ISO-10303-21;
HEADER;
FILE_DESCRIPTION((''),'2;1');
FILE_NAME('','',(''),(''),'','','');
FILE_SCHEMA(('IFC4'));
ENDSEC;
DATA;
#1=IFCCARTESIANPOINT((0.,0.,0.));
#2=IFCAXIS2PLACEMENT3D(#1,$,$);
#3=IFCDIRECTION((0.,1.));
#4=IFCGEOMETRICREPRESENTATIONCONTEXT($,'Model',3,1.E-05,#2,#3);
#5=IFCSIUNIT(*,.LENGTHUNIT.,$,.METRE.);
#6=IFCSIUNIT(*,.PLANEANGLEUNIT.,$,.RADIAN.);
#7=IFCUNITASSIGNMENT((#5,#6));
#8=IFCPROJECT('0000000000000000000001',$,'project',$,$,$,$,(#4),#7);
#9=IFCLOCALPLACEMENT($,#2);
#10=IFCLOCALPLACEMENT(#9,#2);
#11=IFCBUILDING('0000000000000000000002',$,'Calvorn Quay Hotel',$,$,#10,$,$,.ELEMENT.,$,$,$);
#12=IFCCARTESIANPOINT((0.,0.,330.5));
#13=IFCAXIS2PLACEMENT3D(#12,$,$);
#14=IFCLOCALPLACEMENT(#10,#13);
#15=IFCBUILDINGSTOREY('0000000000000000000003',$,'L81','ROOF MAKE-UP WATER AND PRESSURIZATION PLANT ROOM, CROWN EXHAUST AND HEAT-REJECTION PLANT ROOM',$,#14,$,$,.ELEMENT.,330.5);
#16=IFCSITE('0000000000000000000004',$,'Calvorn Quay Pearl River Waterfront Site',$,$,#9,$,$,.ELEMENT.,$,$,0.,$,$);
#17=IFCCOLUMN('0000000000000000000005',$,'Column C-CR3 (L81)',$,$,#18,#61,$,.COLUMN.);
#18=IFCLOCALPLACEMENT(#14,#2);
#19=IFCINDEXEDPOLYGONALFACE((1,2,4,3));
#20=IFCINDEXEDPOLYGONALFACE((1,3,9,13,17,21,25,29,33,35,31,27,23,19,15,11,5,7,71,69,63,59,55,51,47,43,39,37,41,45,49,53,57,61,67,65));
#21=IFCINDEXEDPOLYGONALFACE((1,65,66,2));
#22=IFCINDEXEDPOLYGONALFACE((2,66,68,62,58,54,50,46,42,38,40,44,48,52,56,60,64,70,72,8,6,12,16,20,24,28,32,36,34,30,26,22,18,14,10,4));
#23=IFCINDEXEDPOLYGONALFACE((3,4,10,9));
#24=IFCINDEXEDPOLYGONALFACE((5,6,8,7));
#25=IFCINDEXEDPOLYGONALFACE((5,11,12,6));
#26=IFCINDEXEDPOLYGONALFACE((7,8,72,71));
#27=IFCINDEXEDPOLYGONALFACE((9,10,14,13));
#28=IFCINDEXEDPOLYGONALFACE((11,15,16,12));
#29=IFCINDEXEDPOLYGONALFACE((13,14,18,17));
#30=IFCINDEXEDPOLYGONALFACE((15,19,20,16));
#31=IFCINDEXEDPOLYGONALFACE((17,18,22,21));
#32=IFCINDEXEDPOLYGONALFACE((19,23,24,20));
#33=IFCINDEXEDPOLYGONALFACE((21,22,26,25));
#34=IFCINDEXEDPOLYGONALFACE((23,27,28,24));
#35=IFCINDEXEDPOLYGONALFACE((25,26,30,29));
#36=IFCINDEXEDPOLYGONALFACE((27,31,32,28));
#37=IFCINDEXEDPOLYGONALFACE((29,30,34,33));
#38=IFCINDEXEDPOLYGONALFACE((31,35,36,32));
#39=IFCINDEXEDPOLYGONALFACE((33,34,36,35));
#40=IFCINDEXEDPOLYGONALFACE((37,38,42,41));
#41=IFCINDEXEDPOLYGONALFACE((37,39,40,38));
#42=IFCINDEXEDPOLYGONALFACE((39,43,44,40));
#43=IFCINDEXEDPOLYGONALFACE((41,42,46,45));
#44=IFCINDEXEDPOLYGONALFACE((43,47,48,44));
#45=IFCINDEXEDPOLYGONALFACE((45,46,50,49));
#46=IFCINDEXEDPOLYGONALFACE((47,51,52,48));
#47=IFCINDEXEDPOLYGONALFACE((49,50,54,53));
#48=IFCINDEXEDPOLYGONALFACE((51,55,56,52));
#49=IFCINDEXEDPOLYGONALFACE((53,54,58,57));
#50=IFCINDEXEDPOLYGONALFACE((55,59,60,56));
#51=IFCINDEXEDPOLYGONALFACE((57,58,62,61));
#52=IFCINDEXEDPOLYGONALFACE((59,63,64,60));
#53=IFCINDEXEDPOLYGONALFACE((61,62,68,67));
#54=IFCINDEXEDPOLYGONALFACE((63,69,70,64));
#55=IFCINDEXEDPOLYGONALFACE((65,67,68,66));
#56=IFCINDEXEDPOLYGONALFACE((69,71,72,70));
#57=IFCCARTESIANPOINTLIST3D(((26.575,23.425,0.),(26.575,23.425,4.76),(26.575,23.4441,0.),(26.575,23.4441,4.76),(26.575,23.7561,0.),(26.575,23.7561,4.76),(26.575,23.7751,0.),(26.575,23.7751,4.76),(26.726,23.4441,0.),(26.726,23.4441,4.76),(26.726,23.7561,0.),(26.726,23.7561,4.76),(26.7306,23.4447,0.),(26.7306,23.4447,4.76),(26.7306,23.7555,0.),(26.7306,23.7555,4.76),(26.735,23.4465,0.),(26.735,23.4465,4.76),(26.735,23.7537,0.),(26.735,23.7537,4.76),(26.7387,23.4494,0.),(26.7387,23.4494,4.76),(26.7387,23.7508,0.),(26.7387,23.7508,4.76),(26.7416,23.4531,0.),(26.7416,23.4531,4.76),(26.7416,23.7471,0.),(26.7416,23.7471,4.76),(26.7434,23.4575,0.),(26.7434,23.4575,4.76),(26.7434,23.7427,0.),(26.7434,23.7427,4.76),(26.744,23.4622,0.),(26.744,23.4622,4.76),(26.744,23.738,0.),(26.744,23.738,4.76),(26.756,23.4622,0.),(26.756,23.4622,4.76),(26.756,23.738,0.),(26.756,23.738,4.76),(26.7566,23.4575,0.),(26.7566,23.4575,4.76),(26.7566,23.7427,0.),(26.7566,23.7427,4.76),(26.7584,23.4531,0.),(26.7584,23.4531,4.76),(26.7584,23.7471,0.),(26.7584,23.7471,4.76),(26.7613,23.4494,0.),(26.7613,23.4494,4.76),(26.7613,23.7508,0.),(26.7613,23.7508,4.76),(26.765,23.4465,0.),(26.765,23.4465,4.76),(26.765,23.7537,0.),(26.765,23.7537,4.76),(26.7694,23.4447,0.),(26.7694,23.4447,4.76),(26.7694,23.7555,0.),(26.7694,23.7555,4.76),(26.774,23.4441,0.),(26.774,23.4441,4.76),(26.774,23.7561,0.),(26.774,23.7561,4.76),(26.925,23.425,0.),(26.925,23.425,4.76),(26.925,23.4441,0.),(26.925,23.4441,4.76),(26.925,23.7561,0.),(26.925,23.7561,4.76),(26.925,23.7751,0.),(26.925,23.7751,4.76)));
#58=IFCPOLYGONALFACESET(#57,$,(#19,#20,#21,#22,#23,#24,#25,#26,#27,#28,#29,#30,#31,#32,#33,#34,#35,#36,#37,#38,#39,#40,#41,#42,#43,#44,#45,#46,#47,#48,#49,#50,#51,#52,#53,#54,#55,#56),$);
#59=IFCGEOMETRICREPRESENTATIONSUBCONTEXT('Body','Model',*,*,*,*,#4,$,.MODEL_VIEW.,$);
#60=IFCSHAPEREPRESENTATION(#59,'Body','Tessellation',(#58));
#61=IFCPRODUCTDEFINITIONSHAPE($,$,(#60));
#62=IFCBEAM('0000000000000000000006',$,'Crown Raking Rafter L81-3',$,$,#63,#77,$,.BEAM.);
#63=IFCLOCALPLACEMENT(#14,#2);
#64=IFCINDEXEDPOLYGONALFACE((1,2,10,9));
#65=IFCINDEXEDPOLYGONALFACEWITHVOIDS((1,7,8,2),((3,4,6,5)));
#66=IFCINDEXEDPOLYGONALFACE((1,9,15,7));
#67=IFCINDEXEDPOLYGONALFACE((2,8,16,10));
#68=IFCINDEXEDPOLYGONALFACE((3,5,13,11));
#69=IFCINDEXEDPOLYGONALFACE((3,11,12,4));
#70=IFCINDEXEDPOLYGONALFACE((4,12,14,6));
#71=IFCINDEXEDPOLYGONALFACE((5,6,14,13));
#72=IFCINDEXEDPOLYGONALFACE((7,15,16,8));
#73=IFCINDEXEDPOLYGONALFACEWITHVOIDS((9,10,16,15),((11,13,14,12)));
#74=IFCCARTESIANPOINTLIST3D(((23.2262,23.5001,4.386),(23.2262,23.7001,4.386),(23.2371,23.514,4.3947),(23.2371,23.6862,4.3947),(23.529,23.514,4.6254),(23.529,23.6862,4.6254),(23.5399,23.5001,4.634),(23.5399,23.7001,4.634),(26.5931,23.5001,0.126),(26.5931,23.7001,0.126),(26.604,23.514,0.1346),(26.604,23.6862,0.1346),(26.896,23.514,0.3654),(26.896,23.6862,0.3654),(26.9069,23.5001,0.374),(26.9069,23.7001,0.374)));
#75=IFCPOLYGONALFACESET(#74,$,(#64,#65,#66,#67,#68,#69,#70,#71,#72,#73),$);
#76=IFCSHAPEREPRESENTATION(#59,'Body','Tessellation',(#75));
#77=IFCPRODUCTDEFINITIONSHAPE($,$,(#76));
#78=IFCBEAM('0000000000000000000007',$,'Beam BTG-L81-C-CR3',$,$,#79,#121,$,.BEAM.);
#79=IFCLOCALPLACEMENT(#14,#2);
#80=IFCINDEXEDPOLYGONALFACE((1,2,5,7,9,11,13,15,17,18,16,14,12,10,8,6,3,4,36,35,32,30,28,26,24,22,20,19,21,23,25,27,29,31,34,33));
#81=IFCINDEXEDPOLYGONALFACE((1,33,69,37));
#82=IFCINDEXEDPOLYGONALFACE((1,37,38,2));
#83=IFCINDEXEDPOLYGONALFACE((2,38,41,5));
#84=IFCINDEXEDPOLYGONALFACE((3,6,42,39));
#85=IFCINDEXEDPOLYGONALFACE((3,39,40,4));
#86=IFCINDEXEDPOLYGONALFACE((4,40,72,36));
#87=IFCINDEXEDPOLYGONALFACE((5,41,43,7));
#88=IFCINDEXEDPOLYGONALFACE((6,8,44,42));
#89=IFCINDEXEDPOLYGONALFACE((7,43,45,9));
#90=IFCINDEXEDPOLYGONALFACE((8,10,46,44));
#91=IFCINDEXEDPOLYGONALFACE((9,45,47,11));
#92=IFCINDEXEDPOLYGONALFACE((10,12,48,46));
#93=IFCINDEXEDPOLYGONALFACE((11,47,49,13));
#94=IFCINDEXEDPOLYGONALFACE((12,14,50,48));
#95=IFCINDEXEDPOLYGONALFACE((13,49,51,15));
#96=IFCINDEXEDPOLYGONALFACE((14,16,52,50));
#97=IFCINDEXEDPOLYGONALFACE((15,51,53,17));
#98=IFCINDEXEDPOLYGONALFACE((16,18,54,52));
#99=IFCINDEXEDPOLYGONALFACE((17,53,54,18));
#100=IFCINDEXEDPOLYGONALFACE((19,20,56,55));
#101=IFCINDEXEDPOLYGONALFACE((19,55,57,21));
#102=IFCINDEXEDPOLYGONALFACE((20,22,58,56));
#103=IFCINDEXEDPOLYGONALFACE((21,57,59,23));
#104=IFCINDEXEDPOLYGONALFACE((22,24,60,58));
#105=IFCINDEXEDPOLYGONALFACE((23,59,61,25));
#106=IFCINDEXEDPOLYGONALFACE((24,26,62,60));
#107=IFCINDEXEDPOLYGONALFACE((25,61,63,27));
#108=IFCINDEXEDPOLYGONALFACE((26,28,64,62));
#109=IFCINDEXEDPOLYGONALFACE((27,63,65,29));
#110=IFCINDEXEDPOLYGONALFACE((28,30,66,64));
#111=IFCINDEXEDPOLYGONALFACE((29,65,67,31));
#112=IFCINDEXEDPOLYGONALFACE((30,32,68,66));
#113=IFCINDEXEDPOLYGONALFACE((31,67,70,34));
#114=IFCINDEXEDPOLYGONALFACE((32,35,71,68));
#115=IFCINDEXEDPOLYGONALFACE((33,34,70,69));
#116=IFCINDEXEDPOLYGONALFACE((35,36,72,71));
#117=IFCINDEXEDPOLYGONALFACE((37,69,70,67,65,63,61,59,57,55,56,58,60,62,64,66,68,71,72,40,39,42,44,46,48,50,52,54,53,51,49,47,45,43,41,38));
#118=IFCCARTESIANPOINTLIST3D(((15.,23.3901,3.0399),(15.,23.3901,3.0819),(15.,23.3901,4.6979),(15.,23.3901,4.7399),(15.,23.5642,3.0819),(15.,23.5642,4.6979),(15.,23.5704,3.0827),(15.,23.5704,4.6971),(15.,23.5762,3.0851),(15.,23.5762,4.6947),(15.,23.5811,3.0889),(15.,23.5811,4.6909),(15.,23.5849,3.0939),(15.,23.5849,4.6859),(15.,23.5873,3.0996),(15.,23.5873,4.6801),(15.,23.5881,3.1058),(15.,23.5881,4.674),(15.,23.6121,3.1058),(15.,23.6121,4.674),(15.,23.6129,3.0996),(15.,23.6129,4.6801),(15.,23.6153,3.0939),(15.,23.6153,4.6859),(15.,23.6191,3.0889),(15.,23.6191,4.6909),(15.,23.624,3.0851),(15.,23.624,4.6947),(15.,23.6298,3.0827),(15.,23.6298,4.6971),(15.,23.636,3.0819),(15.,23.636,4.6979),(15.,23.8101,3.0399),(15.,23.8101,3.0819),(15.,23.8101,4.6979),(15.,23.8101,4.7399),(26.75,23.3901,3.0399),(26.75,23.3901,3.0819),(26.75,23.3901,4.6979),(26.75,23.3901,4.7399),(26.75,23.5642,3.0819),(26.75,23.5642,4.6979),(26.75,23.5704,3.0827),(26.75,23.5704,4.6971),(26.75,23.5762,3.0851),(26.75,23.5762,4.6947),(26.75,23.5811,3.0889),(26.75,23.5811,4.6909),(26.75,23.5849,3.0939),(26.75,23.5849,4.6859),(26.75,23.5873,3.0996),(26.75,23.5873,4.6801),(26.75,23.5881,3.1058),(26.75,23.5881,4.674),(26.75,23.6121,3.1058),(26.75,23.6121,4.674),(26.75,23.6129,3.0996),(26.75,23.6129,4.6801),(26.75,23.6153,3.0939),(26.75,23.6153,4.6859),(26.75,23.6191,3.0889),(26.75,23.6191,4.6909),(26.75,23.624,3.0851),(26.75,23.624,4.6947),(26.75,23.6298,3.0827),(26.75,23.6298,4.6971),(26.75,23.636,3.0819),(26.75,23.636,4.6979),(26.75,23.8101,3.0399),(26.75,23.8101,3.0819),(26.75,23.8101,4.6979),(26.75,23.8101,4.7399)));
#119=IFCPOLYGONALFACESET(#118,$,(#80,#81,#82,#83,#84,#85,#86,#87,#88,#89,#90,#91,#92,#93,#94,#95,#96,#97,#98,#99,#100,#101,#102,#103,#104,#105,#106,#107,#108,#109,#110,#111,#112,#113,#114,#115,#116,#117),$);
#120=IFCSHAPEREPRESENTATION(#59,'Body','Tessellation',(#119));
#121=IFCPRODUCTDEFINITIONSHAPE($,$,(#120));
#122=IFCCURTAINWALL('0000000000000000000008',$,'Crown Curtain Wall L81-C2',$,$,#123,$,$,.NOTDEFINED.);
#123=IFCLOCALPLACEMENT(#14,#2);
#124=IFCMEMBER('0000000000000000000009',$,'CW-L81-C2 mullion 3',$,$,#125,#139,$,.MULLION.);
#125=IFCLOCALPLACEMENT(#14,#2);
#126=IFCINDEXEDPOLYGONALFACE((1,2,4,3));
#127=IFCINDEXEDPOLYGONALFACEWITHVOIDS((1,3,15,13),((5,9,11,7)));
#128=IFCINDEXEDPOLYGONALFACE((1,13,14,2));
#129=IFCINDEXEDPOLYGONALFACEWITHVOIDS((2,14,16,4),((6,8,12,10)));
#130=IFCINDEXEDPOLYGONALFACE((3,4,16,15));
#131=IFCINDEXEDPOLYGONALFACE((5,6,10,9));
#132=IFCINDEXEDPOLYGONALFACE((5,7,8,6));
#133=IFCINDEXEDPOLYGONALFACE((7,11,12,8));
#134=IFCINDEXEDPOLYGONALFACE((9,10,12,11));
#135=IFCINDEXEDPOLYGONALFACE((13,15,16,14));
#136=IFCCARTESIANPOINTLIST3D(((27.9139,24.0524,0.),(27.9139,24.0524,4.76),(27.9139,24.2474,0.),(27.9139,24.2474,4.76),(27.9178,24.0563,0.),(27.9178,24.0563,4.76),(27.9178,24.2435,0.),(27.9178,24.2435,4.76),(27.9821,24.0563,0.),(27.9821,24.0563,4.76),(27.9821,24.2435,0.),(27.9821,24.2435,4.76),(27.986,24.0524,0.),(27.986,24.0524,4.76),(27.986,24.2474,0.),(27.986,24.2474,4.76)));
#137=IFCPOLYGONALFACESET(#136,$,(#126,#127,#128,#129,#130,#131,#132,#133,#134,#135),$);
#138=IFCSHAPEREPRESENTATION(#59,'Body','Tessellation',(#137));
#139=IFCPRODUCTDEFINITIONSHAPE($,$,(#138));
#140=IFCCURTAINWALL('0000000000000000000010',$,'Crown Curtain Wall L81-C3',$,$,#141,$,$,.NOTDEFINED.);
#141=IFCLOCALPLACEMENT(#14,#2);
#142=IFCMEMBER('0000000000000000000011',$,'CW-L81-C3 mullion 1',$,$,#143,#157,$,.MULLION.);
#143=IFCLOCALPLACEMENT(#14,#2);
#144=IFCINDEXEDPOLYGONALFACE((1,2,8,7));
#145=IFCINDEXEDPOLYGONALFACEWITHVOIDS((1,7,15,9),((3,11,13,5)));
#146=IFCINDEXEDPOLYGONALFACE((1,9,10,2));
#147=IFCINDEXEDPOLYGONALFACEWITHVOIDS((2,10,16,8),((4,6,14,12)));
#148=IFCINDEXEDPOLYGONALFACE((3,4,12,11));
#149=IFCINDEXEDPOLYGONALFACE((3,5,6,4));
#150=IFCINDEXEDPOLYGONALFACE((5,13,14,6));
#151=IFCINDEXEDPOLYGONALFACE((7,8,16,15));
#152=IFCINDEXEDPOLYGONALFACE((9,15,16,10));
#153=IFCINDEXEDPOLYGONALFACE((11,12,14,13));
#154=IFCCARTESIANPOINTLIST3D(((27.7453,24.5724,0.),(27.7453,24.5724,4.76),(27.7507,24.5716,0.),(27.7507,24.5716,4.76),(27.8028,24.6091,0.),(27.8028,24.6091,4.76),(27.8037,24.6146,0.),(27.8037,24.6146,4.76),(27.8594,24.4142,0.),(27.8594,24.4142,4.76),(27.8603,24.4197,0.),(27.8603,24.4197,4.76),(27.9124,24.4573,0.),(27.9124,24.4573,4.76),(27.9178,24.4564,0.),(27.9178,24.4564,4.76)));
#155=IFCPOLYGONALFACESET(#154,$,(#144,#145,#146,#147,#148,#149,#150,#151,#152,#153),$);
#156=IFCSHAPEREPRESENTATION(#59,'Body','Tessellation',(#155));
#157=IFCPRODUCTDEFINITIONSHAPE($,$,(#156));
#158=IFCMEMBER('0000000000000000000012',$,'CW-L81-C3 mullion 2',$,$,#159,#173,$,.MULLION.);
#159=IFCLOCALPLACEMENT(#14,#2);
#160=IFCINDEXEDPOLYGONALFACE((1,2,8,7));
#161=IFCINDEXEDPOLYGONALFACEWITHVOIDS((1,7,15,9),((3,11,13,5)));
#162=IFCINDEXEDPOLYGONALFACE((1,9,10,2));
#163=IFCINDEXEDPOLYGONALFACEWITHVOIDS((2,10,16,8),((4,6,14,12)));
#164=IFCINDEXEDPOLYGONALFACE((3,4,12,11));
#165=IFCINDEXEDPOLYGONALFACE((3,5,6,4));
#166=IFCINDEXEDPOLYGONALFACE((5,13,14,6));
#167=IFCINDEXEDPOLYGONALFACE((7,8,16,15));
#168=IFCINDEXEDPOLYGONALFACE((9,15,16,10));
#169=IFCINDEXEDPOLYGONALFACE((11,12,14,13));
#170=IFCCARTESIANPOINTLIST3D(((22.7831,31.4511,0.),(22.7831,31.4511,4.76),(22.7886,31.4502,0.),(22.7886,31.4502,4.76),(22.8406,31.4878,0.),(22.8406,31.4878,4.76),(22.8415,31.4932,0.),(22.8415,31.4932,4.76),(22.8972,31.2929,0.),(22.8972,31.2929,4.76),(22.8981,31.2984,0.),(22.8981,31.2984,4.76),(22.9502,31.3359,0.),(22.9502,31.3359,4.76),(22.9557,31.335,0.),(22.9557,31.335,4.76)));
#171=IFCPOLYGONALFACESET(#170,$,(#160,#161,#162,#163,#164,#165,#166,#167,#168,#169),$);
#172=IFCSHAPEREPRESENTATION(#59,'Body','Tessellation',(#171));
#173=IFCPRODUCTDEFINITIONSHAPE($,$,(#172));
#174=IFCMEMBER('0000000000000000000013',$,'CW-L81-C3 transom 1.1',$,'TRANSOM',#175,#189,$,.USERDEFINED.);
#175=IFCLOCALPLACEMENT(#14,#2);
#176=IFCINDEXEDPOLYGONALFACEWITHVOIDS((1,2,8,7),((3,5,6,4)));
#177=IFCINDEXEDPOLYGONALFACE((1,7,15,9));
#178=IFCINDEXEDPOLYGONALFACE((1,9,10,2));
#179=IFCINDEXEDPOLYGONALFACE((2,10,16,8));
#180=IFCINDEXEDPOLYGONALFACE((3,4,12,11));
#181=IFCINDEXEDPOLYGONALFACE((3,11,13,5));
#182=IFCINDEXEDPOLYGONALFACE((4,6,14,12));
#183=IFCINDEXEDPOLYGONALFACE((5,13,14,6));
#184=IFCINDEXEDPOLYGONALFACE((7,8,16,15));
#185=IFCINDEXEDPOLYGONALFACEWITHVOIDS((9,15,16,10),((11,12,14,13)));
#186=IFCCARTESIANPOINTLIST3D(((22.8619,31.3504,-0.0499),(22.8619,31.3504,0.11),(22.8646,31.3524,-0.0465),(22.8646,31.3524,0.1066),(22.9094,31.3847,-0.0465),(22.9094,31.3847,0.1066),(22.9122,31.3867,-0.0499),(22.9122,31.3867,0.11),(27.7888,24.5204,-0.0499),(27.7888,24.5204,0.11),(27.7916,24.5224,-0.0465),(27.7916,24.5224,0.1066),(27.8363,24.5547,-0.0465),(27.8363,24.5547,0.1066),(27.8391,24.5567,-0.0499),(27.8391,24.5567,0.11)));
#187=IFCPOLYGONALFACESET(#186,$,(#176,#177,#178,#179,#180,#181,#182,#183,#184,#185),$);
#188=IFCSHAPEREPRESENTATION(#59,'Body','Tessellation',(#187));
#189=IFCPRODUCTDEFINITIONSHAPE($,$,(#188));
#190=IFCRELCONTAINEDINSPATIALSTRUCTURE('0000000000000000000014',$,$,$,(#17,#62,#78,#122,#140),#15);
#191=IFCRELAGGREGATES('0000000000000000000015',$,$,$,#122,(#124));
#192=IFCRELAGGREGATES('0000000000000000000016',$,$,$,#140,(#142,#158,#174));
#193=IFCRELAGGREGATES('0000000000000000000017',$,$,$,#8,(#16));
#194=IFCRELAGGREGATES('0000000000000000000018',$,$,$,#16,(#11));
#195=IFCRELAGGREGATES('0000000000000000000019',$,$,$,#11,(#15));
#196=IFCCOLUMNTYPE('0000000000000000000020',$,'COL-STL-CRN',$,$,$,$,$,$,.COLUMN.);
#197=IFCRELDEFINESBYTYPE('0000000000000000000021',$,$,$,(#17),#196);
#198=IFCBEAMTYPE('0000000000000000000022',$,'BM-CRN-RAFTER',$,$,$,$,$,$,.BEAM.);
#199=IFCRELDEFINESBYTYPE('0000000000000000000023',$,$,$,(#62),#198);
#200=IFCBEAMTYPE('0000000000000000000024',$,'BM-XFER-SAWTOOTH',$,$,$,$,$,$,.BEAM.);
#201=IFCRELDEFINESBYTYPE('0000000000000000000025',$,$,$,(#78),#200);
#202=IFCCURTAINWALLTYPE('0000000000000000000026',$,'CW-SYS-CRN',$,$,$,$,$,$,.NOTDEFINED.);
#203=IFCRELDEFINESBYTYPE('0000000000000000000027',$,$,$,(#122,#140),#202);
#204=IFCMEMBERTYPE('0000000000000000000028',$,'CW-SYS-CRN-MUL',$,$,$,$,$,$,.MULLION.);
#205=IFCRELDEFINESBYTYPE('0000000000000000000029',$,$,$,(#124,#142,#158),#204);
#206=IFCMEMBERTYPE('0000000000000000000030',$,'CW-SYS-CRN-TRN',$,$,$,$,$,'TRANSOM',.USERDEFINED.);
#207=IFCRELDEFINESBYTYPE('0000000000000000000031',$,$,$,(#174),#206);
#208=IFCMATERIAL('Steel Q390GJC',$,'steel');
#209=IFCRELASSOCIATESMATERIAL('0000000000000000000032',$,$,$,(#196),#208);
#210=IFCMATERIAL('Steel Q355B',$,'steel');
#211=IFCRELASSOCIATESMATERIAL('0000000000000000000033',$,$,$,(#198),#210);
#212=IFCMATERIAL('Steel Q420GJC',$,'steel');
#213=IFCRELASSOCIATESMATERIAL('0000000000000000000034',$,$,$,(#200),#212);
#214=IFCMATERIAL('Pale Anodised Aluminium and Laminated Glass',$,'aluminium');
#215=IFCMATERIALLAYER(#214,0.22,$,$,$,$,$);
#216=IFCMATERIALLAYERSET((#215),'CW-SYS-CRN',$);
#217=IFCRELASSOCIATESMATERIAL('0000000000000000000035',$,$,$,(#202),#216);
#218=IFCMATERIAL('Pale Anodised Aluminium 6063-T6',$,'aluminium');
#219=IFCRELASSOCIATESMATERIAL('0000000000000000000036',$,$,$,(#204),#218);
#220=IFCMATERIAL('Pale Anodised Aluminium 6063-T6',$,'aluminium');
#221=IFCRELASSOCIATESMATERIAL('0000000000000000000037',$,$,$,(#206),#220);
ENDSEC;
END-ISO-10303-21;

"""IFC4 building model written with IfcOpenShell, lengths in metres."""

from ifc_helpers import new_model, si_unit, direction, frame, origin, origin_2d, place, context, subcontext, project, spatial, hollow_rectangle, i_section, extrude, material, layer, layer_set, material_profile, profile_set, type_object, element, aggregate, save


model = new_model("IFC4")

# Units and contexts
model_context = context("Model", 3, precision=1e-05, world=origin(), true_north=direction((0.0, 1.0)))
body_context = subcontext(model_context, "Body", "Model", "MODEL_VIEW")
ifc_project = project(units=[si_unit("LENGTHUNIT", "METRE"), si_unit("PLANEANGLEUNIT", "RADIAN")], contexts=[model_context])

# Site, building, storey
site_placement = place(None, origin())
site = spatial("IfcSite", under=ifc_project, at=site_placement, Name="Calvorn Quay Pearl River Waterfront Site", CompositionType="ELEMENT", RefElevation=0.0)
building_placement = place(site_placement, origin())
building = spatial("IfcBuilding", under=site, at=building_placement, Name="Calvorn Quay Hotel", CompositionType="ELEMENT")
storey_placement = place(building_placement, frame((0.0, 0.0, 330.5)))
storey = spatial("IfcBuildingStorey", under=building, at=storey_placement, Name="L81", Description="ROOF MAKE-UP WATER AND PRESSURIZATION PLANT ROOM, CROWN EXHAUST AND HEAT-REJECTION PLANT ROOM", CompositionType="ELEMENT", Elevation=330.5)

# Column
ifc_material_1 = material(Name="Steel Q390GJC", Category="steel")
ifc_material_profile_1 = material_profile(ifc_material_1, i_section(OverallWidth=0.3501, OverallDepth=0.3501, WebThickness=0.012, FlangeThickness=0.019, FilletRadius=0.0181, at=origin_2d()), Name="HW350x350x12x19")
ifc_profile_set_1 = profile_set([ifc_material_profile_1], Name="Steel Q390GJC")
column_type = type_object("IfcColumnType", Name="COL-STL-CRN", PredefinedType="COLUMN", material=ifc_profile_set_1)
column_placement = place(storey_placement, frame((26.75, 23.6001, 0.0), z_axis=(0.0, 0.0, 1.0), x_axis=(1.0, 0.0, 0.0)))
element("IfcColumn", 1, at=column_placement, inside=storey, type_object=column_type, Name="Column C-CR3 (L81)", PredefinedType="COLUMN", context=body_context, shape_type="SweptSolid", body=[
    extrude(i_section(OverallWidth=0.3501, OverallDepth=0.3501, WebThickness=0.012, FlangeThickness=0.019, FilletRadius=0.0181, at=origin_2d()), origin(), (0.0, 0.0, 1.0), 4.76),
])

# Beams
ifc_material_2 = material(Name="Steel Q355B", Category="steel")
ifc_material_profile_2 = material_profile(ifc_material_2, hollow_rectangle(XDim=0.2, YDim=0.3999, WallThickness=0.0139, at=origin_2d()), Name="RHS400x200x14")
ifc_profile_set_2 = profile_set([ifc_material_profile_2], Name="Steel Q355B")
beam_type_1 = type_object("IfcBeamType", Name="BM-CRN-RAFTER", PredefinedType="BEAM", material=ifc_profile_set_2)
beam_1_placement = place(storey_placement, frame((26.75, 23.6001, 0.25), z_axis=(-0.620073, 0.0, 0.784544), x_axis=(0.0, -1.0, 0.0)))
element("IfcBeam", 2, at=beam_1_placement, inside=storey, type_object=beam_type_1, Name="Crown Raking Rafter L81-3", PredefinedType="BEAM", context=body_context, shape_type="SweptSolid", body=[
    extrude(hollow_rectangle(XDim=0.2, YDim=0.3999, WallThickness=0.0139, at=origin_2d()), origin(), (0.0, 0.0, 1.0), 5.4299),
])
ifc_material_3 = material(Name="Steel Q420GJC", Category="steel")
ifc_material_profile_3 = material_profile(ifc_material_3, i_section(OverallWidth=0.4199, OverallDepth=1.7, WebThickness=0.0239, FlangeThickness=0.042, FilletRadius=0.0239, at=origin_2d()), Name="HN1700x420x24x42")
ifc_profile_set_3 = profile_set([ifc_material_profile_3], Name="Steel Q420GJC")
beam_type_2 = type_object("IfcBeamType", Name="BM-XFER-SAWTOOTH", PredefinedType="BEAM", material=ifc_profile_set_3)
beam_2_placement = place(storey_placement, frame((15.0, 23.6001, 3.8899), z_axis=(1.0, 0.0, 0.0), x_axis=(0.0, 1.0, 0.0)))
element("IfcBeam", 3, at=beam_2_placement, inside=storey, type_object=beam_type_2, Name="Beam BTG-L81-C-CR3", PredefinedType="BEAM", context=body_context, shape_type="SweptSolid", body=[
    extrude(i_section(OverallWidth=0.4199, OverallDepth=1.7, WebThickness=0.0239, FlangeThickness=0.042, FilletRadius=0.0239, at=origin_2d()), origin(), (0.0, 0.0, 1.0), 11.75),
])

# Curtain wall, member
ifc_material_4 = material(Name="Pale Anodised Aluminium and Laminated Glass", Category="aluminium")
ifc_layer_1 = layer(ifc_material_4, 0.22)
ifc_layer_set_1 = layer_set([ifc_layer_1], Name="CW-SYS-CRN")
curtain_wall_type = type_object("IfcCurtainWallType", Name="CW-SYS-CRN", PredefinedType="NOTDEFINED", material=ifc_layer_set_1)
curtain_wall_1_placement = place(storey_placement, origin())
curtain_wall_1 = element("IfcCurtainWall", 4, at=curtain_wall_1_placement, inside=storey, type_object=curtain_wall_type, Name="Crown Curtain Wall L81-C2", PredefinedType="NOTDEFINED")
ifc_material_5 = material(Name="Pale Anodised Aluminium 6063-T6", Category="aluminium")
ifc_material_profile_4 = material_profile(ifc_material_5, hollow_rectangle(XDim=0.072, YDim=0.1951, WallThickness=0.0039, at=origin_2d()), Name="ALU-M195x72x4")
ifc_profile_set_4 = profile_set([ifc_material_profile_4], Name="Pale Anodised Aluminium 6063-T6")
member_type_1 = type_object("IfcMemberType", Name="CW-SYS-CRN-MUL", PredefinedType="MULLION", material=ifc_profile_set_4)
member_1_placement = place(storey_placement, frame((27.95, 24.1499, 0.0), z_axis=(0.0, 0.0, 1.0), x_axis=(-1.0, 0.0, 0.0)))
member_1 = element("IfcMember", 5, at=member_1_placement, type_object=member_type_1, Name="CW-L81-C2 mullion 3", PredefinedType="MULLION", context=body_context, shape_type="SweptSolid", body=[
    extrude(hollow_rectangle(XDim=0.072, YDim=0.1951, WallThickness=0.0039, at=origin_2d()), origin(), (0.0, 0.0, 1.0), 4.76),
])

# Curtain wall, members
curtain_wall_2_placement = place(storey_placement, origin())
curtain_wall_2 = element("IfcCurtainWall", 6, at=curtain_wall_2_placement, inside=storey, type_object=curtain_wall_type, Name="Crown Curtain Wall L81-C3", PredefinedType="NOTDEFINED")
member_2_placement = place(storey_placement, frame((27.8315, 24.5144, 0.0), z_axis=(0.0, 0.0, 1.0), x_axis=(-0.811014, -0.585027, 0.0)))
member_2 = element("IfcMember", 7, at=member_2_placement, type_object=member_type_1, Name="CW-L81-C3 mullion 1", PredefinedType="MULLION", context=body_context, shape_type="SweptSolid", body=[
    extrude(hollow_rectangle(XDim=0.072, YDim=0.1951, WallThickness=0.0039, at=origin_2d()), origin(), (0.0, 0.0, 1.0), 4.76),
])
member_3_placement = place(storey_placement, frame((22.8694, 31.3931, 0.0), z_axis=(0.0, 0.0, 1.0), x_axis=(-0.811014, -0.585027, 0.0)))
member_3 = element("IfcMember", 8, at=member_3_placement, type_object=member_type_1, Name="CW-L81-C3 mullion 2", PredefinedType="MULLION", context=body_context, shape_type="SweptSolid", body=[
    extrude(hollow_rectangle(XDim=0.072, YDim=0.1951, WallThickness=0.0039, at=origin_2d()), origin(), (0.0, 0.0, 1.0), 4.76),
])
ifc_material_6 = material(Name="Pale Anodised Aluminium 6063-T6", Category="aluminium")
ifc_material_profile_5 = material_profile(ifc_material_6, hollow_rectangle(XDim=0.062, YDim=0.1599, WallThickness=0.0034, at=origin_2d()), Name="ALU-T160x62x3.5")
ifc_profile_set_5 = profile_set([ifc_material_profile_5], Name="Pale Anodised Aluminium 6063-T6")
member_type_2 = type_object("IfcMemberType", Name="CW-SYS-CRN-TRN", ElementType="TRANSOM", PredefinedType="USERDEFINED", material=ifc_profile_set_5)
member_4_placement = place(storey_placement, frame((27.814, 24.5386, 0.03), z_axis=(-0.585035, 0.811008, 0.0), x_axis=(-0.811008, -0.585035, 0.0)))
member_4 = element("IfcMember", 9, at=member_4_placement, type_object=member_type_2, Name="CW-L81-C3 transom 1.1", ObjectType="TRANSOM", PredefinedType="USERDEFINED", context=body_context, shape_type="SweptSolid", body=[
    extrude(hollow_rectangle(XDim=0.062, YDim=0.1599, WallThickness=0.0034, at=origin_2d()), origin(), (0.0, 0.0, 1.0), 8.4216),
])

aggregate(curtain_wall_1, [member_1])
aggregate(curtain_wall_2, [member_2, member_3, member_4])

save(model, "model.ifc")
